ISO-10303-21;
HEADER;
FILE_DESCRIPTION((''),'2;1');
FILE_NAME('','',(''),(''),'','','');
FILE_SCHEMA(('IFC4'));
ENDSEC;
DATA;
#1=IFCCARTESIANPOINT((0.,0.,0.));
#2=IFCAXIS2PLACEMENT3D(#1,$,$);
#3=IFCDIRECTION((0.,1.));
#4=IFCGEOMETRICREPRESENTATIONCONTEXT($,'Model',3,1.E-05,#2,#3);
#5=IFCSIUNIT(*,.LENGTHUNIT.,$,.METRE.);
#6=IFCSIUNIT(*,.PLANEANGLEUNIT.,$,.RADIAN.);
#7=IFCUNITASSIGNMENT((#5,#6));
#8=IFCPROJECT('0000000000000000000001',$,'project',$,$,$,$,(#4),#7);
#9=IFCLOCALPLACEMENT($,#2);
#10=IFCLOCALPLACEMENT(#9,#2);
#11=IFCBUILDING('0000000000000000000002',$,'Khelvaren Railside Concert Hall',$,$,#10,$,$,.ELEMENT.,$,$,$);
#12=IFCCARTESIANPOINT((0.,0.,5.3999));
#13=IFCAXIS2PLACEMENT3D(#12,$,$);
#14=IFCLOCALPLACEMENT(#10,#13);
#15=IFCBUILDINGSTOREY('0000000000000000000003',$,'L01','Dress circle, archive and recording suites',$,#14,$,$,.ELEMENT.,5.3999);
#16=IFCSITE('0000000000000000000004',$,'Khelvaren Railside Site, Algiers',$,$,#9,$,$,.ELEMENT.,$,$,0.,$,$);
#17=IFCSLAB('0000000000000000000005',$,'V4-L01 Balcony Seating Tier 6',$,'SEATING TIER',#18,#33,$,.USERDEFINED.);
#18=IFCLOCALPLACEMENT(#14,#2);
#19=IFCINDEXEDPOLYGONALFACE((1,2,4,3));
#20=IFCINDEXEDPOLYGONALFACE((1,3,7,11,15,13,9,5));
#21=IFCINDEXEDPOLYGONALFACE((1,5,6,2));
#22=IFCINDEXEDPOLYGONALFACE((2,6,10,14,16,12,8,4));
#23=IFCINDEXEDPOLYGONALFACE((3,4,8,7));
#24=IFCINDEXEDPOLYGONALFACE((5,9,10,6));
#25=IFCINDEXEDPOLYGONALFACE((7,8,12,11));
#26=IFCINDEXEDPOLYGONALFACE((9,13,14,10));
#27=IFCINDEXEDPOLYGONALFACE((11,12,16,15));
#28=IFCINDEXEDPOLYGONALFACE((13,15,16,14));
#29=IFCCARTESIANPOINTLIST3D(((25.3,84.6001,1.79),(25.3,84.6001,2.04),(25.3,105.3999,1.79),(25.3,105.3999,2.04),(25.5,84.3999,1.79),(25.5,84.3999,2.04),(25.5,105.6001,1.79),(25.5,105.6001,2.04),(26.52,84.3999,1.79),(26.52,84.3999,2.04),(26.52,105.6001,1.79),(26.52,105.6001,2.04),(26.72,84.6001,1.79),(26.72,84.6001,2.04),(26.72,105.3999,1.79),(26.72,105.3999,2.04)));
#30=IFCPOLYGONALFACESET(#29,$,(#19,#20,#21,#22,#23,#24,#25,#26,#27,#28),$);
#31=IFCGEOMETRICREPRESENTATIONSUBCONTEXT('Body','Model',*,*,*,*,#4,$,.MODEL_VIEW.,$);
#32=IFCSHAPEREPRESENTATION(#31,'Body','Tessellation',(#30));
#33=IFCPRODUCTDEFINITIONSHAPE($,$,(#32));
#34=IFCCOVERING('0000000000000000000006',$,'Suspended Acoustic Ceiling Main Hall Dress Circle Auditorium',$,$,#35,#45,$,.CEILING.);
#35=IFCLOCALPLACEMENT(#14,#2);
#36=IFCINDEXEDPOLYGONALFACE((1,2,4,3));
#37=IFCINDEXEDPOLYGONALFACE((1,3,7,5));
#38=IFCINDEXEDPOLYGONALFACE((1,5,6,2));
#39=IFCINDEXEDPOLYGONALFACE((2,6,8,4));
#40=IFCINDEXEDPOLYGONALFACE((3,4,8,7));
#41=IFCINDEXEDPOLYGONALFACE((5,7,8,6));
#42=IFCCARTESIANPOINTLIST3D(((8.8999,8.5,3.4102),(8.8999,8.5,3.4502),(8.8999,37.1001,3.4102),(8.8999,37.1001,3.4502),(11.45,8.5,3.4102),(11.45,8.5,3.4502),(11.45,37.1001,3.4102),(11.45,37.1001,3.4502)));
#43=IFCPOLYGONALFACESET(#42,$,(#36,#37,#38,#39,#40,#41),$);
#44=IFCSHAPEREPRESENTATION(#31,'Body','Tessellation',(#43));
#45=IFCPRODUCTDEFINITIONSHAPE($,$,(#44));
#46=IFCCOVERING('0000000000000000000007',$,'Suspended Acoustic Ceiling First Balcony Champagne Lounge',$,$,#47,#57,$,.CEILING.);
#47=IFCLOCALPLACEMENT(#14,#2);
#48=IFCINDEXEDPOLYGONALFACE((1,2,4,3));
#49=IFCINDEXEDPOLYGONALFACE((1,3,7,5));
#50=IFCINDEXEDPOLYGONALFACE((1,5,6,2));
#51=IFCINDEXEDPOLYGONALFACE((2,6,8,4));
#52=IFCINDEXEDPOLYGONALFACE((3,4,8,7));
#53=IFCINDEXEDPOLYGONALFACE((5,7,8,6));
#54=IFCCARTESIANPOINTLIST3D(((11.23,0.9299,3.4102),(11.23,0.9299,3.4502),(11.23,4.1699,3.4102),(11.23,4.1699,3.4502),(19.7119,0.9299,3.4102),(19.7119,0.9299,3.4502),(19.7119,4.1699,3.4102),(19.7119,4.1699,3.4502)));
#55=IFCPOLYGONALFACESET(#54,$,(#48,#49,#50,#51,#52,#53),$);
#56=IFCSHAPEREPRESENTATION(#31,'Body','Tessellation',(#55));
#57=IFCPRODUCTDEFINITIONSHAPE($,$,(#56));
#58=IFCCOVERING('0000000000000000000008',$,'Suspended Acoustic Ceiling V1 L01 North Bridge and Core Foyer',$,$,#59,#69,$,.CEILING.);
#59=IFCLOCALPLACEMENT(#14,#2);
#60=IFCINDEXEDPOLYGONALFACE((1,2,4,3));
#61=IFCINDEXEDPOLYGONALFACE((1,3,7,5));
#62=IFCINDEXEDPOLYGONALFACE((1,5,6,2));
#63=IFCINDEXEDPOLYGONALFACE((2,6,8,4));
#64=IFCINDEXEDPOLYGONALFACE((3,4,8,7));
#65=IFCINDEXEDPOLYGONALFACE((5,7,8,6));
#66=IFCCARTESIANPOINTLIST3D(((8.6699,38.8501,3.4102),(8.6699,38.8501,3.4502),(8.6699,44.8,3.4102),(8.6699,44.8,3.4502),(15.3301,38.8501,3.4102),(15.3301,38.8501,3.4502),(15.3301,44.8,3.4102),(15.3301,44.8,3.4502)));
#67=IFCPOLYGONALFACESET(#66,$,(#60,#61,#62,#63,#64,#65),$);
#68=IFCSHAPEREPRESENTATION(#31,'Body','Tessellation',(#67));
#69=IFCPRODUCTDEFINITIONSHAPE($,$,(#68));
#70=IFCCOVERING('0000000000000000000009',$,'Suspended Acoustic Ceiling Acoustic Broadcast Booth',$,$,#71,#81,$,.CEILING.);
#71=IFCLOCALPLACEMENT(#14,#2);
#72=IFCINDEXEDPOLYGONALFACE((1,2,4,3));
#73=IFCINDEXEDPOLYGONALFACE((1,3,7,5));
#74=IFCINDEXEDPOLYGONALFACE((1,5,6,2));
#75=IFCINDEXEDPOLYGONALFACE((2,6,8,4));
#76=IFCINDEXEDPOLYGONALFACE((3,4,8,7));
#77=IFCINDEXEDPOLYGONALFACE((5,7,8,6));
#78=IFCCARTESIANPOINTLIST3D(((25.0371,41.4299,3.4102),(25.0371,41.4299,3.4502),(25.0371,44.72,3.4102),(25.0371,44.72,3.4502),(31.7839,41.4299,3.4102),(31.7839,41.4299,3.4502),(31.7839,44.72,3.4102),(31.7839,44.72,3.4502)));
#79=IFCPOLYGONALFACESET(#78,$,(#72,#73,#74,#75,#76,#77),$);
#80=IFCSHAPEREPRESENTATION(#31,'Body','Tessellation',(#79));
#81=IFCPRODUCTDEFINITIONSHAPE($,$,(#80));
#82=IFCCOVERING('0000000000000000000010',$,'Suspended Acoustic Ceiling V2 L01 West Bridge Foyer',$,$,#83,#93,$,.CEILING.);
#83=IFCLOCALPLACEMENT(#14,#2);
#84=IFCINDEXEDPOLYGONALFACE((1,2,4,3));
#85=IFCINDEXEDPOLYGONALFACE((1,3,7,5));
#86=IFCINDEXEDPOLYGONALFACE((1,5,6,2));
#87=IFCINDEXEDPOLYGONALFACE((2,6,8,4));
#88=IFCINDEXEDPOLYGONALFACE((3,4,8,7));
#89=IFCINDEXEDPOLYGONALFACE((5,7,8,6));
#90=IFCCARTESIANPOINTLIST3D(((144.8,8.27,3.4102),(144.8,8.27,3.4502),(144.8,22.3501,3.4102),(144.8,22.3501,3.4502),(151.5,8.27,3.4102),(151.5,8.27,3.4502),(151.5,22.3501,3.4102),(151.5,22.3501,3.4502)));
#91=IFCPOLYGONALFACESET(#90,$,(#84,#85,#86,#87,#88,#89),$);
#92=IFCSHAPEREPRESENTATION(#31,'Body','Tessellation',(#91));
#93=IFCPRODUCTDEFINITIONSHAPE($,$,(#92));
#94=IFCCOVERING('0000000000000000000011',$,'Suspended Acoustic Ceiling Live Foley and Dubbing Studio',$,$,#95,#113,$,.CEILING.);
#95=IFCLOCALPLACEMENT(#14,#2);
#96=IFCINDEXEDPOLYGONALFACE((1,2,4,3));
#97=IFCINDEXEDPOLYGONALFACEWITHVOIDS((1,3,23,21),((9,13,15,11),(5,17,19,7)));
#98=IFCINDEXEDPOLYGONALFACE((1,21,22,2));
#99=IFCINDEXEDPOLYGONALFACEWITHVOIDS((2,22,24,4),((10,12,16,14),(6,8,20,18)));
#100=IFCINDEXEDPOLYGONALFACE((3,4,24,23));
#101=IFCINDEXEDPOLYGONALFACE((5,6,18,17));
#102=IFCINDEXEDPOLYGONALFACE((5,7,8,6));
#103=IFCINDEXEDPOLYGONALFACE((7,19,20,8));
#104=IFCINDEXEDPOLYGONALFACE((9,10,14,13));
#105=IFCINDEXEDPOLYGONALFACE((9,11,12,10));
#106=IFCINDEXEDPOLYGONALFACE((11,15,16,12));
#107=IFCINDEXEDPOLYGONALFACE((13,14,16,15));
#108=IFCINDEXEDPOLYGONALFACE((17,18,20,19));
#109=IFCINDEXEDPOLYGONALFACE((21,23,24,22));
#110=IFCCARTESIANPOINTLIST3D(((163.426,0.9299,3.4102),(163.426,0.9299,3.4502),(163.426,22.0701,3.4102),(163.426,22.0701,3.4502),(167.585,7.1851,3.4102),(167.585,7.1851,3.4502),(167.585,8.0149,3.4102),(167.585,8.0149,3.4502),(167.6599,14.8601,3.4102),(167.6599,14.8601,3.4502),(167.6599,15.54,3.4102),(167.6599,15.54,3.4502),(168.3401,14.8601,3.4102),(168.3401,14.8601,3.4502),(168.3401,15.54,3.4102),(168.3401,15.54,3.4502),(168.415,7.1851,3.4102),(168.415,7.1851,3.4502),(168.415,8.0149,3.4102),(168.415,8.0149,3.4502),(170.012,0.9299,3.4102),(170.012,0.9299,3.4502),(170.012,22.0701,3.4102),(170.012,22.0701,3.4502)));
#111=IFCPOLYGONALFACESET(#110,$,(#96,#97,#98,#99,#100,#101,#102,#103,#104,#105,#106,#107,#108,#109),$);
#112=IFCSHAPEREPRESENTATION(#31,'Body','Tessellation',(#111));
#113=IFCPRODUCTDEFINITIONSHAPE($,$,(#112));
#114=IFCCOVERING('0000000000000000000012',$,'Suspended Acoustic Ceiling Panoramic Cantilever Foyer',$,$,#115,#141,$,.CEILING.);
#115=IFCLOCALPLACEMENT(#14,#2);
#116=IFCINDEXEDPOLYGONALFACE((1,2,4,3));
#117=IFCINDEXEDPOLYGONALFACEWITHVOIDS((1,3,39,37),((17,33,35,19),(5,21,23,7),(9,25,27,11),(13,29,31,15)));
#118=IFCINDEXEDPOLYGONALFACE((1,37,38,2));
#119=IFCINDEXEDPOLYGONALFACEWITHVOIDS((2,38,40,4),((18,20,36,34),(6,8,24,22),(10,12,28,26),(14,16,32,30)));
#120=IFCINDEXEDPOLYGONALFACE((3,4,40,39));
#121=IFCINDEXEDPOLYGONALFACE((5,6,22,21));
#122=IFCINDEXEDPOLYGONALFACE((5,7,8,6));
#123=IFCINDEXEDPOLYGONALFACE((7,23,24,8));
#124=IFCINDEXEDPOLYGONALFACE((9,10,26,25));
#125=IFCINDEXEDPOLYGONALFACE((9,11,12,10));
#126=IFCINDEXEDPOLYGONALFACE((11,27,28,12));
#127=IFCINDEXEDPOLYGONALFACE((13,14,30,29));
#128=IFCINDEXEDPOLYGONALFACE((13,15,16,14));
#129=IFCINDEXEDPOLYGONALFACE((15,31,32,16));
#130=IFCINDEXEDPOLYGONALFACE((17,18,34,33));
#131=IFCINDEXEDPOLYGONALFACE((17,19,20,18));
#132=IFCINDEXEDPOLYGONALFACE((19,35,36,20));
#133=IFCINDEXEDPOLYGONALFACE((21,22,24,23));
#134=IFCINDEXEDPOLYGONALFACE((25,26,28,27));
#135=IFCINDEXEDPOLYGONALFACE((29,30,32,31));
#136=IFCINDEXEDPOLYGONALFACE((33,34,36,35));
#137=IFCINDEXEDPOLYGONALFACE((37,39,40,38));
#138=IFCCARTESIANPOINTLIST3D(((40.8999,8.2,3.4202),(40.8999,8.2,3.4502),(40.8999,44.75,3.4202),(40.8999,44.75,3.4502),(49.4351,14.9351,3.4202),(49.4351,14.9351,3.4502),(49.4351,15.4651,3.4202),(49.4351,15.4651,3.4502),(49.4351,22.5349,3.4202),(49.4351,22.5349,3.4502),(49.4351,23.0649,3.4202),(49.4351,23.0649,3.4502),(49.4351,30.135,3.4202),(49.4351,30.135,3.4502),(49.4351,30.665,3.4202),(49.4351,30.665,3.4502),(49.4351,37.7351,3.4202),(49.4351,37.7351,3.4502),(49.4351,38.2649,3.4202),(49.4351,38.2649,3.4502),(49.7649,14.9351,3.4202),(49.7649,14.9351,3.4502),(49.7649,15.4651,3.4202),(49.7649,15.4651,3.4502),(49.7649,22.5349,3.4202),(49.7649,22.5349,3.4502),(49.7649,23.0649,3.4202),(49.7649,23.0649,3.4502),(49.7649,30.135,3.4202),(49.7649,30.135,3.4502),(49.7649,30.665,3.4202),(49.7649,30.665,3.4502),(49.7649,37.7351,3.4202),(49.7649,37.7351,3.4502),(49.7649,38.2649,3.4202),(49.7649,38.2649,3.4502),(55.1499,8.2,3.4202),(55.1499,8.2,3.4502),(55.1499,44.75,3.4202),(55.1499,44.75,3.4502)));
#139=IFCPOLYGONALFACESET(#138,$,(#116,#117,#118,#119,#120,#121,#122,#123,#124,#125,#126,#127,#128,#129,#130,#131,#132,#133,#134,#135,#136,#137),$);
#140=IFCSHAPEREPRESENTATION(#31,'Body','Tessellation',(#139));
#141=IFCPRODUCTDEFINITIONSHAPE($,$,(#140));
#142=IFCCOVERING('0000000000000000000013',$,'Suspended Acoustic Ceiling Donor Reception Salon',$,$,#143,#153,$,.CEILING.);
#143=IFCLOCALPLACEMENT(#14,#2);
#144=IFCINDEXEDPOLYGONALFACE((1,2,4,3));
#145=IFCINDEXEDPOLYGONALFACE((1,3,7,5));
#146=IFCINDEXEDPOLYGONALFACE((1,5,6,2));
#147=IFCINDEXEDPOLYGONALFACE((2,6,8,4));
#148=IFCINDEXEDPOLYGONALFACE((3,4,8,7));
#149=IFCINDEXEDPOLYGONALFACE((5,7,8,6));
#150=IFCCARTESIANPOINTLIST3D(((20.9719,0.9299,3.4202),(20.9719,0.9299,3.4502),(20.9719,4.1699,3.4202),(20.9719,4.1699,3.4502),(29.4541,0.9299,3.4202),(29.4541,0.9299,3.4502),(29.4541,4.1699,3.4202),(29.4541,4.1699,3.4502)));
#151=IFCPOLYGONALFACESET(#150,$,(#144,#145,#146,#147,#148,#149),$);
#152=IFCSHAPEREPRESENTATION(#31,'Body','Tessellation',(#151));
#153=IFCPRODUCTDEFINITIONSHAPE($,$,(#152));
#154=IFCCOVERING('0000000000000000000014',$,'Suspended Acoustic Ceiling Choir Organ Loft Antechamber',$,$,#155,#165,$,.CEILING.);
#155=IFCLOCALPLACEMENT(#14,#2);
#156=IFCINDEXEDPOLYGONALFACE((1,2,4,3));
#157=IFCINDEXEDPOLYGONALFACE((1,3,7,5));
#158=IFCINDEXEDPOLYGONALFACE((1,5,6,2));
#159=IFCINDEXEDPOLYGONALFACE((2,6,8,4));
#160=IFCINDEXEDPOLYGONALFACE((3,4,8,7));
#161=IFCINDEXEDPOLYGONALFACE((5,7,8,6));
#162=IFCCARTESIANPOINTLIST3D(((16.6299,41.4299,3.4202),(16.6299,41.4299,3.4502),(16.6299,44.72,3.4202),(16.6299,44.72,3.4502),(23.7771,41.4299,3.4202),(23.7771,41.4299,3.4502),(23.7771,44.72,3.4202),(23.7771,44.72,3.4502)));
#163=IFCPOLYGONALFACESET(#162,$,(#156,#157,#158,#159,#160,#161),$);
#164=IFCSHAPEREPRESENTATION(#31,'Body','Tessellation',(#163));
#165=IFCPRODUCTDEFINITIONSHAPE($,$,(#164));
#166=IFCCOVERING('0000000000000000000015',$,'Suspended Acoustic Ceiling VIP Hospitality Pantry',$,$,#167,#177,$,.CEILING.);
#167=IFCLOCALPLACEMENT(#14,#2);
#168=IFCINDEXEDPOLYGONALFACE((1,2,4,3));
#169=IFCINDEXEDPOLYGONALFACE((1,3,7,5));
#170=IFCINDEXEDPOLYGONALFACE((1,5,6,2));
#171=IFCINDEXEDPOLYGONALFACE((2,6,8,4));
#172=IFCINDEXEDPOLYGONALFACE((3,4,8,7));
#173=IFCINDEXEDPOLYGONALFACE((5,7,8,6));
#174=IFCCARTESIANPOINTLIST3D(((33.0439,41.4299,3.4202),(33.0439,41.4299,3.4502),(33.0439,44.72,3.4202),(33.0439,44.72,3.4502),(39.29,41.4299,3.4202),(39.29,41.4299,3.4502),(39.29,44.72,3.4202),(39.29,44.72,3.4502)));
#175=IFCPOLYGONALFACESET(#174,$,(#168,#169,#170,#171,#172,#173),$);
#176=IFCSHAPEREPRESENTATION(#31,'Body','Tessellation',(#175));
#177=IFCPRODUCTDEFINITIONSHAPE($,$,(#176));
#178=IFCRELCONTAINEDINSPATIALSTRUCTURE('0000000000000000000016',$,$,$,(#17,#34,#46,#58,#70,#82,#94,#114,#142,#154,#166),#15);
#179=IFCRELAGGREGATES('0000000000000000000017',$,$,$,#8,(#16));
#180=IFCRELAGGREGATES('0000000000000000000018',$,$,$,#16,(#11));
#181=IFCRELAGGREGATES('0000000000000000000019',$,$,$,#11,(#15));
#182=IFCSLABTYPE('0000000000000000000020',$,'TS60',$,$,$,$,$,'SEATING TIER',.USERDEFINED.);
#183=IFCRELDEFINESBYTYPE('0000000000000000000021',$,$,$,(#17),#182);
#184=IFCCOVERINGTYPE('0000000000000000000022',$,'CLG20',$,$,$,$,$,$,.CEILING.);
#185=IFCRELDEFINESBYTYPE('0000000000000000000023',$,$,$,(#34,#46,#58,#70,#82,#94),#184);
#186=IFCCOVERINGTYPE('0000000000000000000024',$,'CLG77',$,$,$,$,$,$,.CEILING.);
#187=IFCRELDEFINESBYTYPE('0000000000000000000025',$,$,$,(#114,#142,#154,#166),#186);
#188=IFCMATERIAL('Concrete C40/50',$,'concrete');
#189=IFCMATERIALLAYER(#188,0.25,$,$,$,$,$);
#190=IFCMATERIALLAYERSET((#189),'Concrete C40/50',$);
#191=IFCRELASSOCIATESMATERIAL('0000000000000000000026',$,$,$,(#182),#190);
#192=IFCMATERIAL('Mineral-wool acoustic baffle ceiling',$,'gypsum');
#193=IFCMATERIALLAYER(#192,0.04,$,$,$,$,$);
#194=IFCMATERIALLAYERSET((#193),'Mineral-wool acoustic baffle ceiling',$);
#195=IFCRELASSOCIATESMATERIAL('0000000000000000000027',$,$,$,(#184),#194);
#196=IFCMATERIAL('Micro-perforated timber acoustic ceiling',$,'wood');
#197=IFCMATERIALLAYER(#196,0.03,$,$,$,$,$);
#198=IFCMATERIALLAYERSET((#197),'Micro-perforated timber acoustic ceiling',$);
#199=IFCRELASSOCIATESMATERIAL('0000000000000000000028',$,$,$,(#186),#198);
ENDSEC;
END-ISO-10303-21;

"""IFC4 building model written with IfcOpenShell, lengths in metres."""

from ifc_helpers import new_model, si_unit, direction, frame, origin, place, context, subcontext, project, spatial, polyline, outline, extrude, material, layer, layer_set, type_object, element, save


model = new_model("IFC4")

# Units and contexts
model_context = context("Model", 3, precision=1e-05, world=origin(), true_north=direction((0.0, 1.0)))
body_context = subcontext(model_context, "Body", "Model", "MODEL_VIEW")
ifc_project = project(units=[si_unit("LENGTHUNIT", "METRE"), si_unit("PLANEANGLEUNIT", "RADIAN")], contexts=[model_context])

# Site, building, storey
site_placement = place(None, origin())
site = spatial("IfcSite", under=ifc_project, at=site_placement, Name="Khelvaren Railside Site, Algiers", CompositionType="ELEMENT", RefElevation=0.0)
building_placement = place(site_placement, origin())
building = spatial("IfcBuilding", under=site, at=building_placement, Name="Khelvaren Railside Concert Hall", CompositionType="ELEMENT")
storey_placement = place(building_placement, frame((0.0, 0.0, 5.3999)))
storey = spatial("IfcBuildingStorey", under=building, at=storey_placement, Name="L01", Description="Dress circle, archive and recording suites", CompositionType="ELEMENT", Elevation=5.3999)

# Shared definitions
ifc_material_1 = material(Name="Concrete C40/50", Category="concrete")

# Slab
ifc_layer_1 = layer(ifc_material_1, 0.25)
ifc_layer_set_1 = layer_set([ifc_layer_1], Name="Concrete C40/50")
slab_type_1 = type_object("IfcSlabType", Name="TS60", ElementType="SEATING TIER", PredefinedType="USERDEFINED", material=ifc_layer_set_1)
slab_1_placement = place(storey_placement, frame((0.0, 0.0, 1.79)))
element("IfcSlab", 1, at=slab_1_placement, inside=storey, type_object=slab_type_1, Name="V4-L01 Balcony Seating Tier 6", ObjectType="SEATING TIER", PredefinedType="USERDEFINED", context=body_context, shape_type="SweptSolid", body=[
    extrude(outline(polyline([(25.5, 84.3999), (26.52, 84.3999), (26.72, 84.6001), (26.72, 105.3999), (26.52, 105.6001), (25.5, 105.6001), (25.3, 105.3999), (25.3, 84.6001), (25.5, 84.3999)])), origin(), (0.0, 0.0, 1.0), 0.25),
])

# Coverings
ifc_material_2 = material(Name="Mineral-wool acoustic baffle ceiling", Category="gypsum")
ifc_layer_2 = layer(ifc_material_2, 0.04)
ifc_layer_set_2 = layer_set([ifc_layer_2], Name="Mineral-wool acoustic baffle ceiling")
covering_type_1 = type_object("IfcCoveringType", Name="CLG20", PredefinedType="CEILING", material=ifc_layer_set_2)
covering_1_placement = place(storey_placement, frame((0.0, 0.0, 3.4102)))
element("IfcCovering", 2, at=covering_1_placement, inside=storey, type_object=covering_type_1, Name="Suspended Acoustic Ceiling Main Hall Dress Circle Auditorium", PredefinedType="CEILING", context=body_context, shape_type="SweptSolid", body=[
    extrude(outline(polyline([(8.8999, 8.5), (11.45, 8.5), (11.45, 37.1001), (8.8999, 37.1001), (8.8999, 8.5)])), origin(), (0.0, 0.0, 1.0), 0.04),
])
covering_2_placement = place(storey_placement, frame((0.0, 0.0, 3.4102)))
element("IfcCovering", 3, at=covering_2_placement, inside=storey, type_object=covering_type_1, Name="Suspended Acoustic Ceiling First Balcony Champagne Lounge", PredefinedType="CEILING", context=body_context, shape_type="SweptSolid", body=[
    extrude(outline(polyline([(11.23, 0.9299), (19.7119, 0.9299), (19.7119, 4.1699), (11.23, 4.1699), (11.23, 0.9299)])), origin(), (0.0, 0.0, 1.0), 0.04),
])
covering_3_placement = place(storey_placement, frame((0.0, 0.0, 3.4102)))
element("IfcCovering", 4, at=covering_3_placement, inside=storey, type_object=covering_type_1, Name="Suspended Acoustic Ceiling V1 L01 North Bridge and Core Foyer", PredefinedType="CEILING", context=body_context, shape_type="SweptSolid", body=[
    extrude(outline(polyline([(8.6699, 38.8501), (15.3301, 38.8501), (15.3301, 44.8), (8.6699, 44.8), (8.6699, 38.8501)])), origin(), (0.0, 0.0, 1.0), 0.04),
])
covering_4_placement = place(storey_placement, frame((0.0, 0.0, 3.4102)))
element("IfcCovering", 5, at=covering_4_placement, inside=storey, type_object=covering_type_1, Name="Suspended Acoustic Ceiling Acoustic Broadcast Booth", PredefinedType="CEILING", context=body_context, shape_type="SweptSolid", body=[
    extrude(outline(polyline([(25.0371, 41.4299), (31.7839, 41.4299), (31.7839, 44.72), (25.0371, 44.72), (25.0371, 41.4299)])), origin(), (0.0, 0.0, 1.0), 0.04),
])
covering_5_placement = place(storey_placement, frame((0.0, 0.0, 3.4102)))
element("IfcCovering", 6, at=covering_5_placement, inside=storey, type_object=covering_type_1, Name="Suspended Acoustic Ceiling V2 L01 West Bridge Foyer", PredefinedType="CEILING", context=body_context, shape_type="SweptSolid", body=[
    extrude(outline(polyline([(144.8, 8.27), (151.5, 8.27), (151.5, 22.3501), (144.8, 22.3501), (144.8, 8.27)])), origin(), (0.0, 0.0, 1.0), 0.04),
])
covering_6_placement = place(storey_placement, frame((0.0, 0.0, 3.4102)))
element("IfcCovering", 7, at=covering_6_placement, inside=storey, type_object=covering_type_1, Name="Suspended Acoustic Ceiling Live Foley and Dubbing Studio", PredefinedType="CEILING", context=body_context, shape_type="SweptSolid", body=[
    extrude(outline(polyline([(163.426, 0.9299), (170.012, 0.9299), (170.012, 22.0701), (163.426, 22.0701), (163.426, 0.9299)]), holes=[polyline([(167.585, 7.1851), (168.415, 7.1851), (168.415, 8.0149), (167.585, 8.0149), (167.585, 7.1851)]), polyline([(167.6599, 14.8601), (168.3401, 14.8601), (168.3401, 15.54), (167.6599, 15.54), (167.6599, 14.8601)])]), origin(), (0.0, 0.0, 1.0), 0.04),
])
ifc_material_3 = material(Name="Micro-perforated timber acoustic ceiling", Category="wood")
ifc_layer_3 = layer(ifc_material_3, 0.03)
ifc_layer_set_3 = layer_set([ifc_layer_3], Name="Micro-perforated timber acoustic ceiling")
covering_type_2 = type_object("IfcCoveringType", Name="CLG77", PredefinedType="CEILING", material=ifc_layer_set_3)
covering_7_placement = place(storey_placement, frame((0.0, 0.0, 3.4202)))
element("IfcCovering", 8, at=covering_7_placement, inside=storey, type_object=covering_type_2, Name="Suspended Acoustic Ceiling Panoramic Cantilever Foyer", PredefinedType="CEILING", context=body_context, shape_type="SweptSolid", body=[
    extrude(outline(polyline([(40.8999, 8.2), (55.1499, 8.2), (55.1499, 44.75), (40.8999, 44.75), (40.8999, 8.2)]), holes=[polyline([(49.4351, 14.9351), (49.7649, 14.9351), (49.7649, 15.4651), (49.4351, 15.4651), (49.4351, 14.9351)]), polyline([(49.4351, 22.5349), (49.7649, 22.5349), (49.7649, 23.0649), (49.4351, 23.0649), (49.4351, 22.5349)]), polyline([(49.4351, 30.135), (49.7649, 30.135), (49.7649, 30.665), (49.4351, 30.665), (49.4351, 30.135)]), polyline([(49.4351, 37.7351), (49.7649, 37.7351), (49.7649, 38.2649), (49.4351, 38.2649), (49.4351, 37.7351)])]), origin(), (0.0, 0.0, 1.0), 0.03),
])
covering_8_placement = place(storey_placement, frame((0.0, 0.0, 3.4202)))
element("IfcCovering", 9, at=covering_8_placement, inside=storey, type_object=covering_type_2, Name="Suspended Acoustic Ceiling Donor Reception Salon", PredefinedType="CEILING", context=body_context, shape_type="SweptSolid", body=[
    extrude(outline(polyline([(20.9719, 0.9299), (29.4541, 0.9299), (29.4541, 4.1699), (20.9719, 4.1699), (20.9719, 0.9299)])), origin(), (0.0, 0.0, 1.0), 0.03),
])
covering_9_placement = place(storey_placement, frame((0.0, 0.0, 3.4202)))
element("IfcCovering", 10, at=covering_9_placement, inside=storey, type_object=covering_type_2, Name="Suspended Acoustic Ceiling Choir Organ Loft Antechamber", PredefinedType="CEILING", context=body_context, shape_type="SweptSolid", body=[
    extrude(outline(polyline([(16.6299, 41.4299), (23.7771, 41.4299), (23.7771, 44.72), (16.6299, 44.72), (16.6299, 41.4299)])), origin(), (0.0, 0.0, 1.0), 0.03),
])
covering_10_placement = place(storey_placement, frame((0.0, 0.0, 3.4202)))
element("IfcCovering", 11, at=covering_10_placement, inside=storey, type_object=covering_type_2, Name="Suspended Acoustic Ceiling VIP Hospitality Pantry", PredefinedType="CEILING", context=body_context, shape_type="SweptSolid", body=[
    extrude(outline(polyline([(33.0439, 41.4299), (39.29, 41.4299), (39.29, 44.72), (33.0439, 44.72), (33.0439, 41.4299)])), origin(), (0.0, 0.0, 1.0), 0.03),
])

save(model, "model.ifc")
